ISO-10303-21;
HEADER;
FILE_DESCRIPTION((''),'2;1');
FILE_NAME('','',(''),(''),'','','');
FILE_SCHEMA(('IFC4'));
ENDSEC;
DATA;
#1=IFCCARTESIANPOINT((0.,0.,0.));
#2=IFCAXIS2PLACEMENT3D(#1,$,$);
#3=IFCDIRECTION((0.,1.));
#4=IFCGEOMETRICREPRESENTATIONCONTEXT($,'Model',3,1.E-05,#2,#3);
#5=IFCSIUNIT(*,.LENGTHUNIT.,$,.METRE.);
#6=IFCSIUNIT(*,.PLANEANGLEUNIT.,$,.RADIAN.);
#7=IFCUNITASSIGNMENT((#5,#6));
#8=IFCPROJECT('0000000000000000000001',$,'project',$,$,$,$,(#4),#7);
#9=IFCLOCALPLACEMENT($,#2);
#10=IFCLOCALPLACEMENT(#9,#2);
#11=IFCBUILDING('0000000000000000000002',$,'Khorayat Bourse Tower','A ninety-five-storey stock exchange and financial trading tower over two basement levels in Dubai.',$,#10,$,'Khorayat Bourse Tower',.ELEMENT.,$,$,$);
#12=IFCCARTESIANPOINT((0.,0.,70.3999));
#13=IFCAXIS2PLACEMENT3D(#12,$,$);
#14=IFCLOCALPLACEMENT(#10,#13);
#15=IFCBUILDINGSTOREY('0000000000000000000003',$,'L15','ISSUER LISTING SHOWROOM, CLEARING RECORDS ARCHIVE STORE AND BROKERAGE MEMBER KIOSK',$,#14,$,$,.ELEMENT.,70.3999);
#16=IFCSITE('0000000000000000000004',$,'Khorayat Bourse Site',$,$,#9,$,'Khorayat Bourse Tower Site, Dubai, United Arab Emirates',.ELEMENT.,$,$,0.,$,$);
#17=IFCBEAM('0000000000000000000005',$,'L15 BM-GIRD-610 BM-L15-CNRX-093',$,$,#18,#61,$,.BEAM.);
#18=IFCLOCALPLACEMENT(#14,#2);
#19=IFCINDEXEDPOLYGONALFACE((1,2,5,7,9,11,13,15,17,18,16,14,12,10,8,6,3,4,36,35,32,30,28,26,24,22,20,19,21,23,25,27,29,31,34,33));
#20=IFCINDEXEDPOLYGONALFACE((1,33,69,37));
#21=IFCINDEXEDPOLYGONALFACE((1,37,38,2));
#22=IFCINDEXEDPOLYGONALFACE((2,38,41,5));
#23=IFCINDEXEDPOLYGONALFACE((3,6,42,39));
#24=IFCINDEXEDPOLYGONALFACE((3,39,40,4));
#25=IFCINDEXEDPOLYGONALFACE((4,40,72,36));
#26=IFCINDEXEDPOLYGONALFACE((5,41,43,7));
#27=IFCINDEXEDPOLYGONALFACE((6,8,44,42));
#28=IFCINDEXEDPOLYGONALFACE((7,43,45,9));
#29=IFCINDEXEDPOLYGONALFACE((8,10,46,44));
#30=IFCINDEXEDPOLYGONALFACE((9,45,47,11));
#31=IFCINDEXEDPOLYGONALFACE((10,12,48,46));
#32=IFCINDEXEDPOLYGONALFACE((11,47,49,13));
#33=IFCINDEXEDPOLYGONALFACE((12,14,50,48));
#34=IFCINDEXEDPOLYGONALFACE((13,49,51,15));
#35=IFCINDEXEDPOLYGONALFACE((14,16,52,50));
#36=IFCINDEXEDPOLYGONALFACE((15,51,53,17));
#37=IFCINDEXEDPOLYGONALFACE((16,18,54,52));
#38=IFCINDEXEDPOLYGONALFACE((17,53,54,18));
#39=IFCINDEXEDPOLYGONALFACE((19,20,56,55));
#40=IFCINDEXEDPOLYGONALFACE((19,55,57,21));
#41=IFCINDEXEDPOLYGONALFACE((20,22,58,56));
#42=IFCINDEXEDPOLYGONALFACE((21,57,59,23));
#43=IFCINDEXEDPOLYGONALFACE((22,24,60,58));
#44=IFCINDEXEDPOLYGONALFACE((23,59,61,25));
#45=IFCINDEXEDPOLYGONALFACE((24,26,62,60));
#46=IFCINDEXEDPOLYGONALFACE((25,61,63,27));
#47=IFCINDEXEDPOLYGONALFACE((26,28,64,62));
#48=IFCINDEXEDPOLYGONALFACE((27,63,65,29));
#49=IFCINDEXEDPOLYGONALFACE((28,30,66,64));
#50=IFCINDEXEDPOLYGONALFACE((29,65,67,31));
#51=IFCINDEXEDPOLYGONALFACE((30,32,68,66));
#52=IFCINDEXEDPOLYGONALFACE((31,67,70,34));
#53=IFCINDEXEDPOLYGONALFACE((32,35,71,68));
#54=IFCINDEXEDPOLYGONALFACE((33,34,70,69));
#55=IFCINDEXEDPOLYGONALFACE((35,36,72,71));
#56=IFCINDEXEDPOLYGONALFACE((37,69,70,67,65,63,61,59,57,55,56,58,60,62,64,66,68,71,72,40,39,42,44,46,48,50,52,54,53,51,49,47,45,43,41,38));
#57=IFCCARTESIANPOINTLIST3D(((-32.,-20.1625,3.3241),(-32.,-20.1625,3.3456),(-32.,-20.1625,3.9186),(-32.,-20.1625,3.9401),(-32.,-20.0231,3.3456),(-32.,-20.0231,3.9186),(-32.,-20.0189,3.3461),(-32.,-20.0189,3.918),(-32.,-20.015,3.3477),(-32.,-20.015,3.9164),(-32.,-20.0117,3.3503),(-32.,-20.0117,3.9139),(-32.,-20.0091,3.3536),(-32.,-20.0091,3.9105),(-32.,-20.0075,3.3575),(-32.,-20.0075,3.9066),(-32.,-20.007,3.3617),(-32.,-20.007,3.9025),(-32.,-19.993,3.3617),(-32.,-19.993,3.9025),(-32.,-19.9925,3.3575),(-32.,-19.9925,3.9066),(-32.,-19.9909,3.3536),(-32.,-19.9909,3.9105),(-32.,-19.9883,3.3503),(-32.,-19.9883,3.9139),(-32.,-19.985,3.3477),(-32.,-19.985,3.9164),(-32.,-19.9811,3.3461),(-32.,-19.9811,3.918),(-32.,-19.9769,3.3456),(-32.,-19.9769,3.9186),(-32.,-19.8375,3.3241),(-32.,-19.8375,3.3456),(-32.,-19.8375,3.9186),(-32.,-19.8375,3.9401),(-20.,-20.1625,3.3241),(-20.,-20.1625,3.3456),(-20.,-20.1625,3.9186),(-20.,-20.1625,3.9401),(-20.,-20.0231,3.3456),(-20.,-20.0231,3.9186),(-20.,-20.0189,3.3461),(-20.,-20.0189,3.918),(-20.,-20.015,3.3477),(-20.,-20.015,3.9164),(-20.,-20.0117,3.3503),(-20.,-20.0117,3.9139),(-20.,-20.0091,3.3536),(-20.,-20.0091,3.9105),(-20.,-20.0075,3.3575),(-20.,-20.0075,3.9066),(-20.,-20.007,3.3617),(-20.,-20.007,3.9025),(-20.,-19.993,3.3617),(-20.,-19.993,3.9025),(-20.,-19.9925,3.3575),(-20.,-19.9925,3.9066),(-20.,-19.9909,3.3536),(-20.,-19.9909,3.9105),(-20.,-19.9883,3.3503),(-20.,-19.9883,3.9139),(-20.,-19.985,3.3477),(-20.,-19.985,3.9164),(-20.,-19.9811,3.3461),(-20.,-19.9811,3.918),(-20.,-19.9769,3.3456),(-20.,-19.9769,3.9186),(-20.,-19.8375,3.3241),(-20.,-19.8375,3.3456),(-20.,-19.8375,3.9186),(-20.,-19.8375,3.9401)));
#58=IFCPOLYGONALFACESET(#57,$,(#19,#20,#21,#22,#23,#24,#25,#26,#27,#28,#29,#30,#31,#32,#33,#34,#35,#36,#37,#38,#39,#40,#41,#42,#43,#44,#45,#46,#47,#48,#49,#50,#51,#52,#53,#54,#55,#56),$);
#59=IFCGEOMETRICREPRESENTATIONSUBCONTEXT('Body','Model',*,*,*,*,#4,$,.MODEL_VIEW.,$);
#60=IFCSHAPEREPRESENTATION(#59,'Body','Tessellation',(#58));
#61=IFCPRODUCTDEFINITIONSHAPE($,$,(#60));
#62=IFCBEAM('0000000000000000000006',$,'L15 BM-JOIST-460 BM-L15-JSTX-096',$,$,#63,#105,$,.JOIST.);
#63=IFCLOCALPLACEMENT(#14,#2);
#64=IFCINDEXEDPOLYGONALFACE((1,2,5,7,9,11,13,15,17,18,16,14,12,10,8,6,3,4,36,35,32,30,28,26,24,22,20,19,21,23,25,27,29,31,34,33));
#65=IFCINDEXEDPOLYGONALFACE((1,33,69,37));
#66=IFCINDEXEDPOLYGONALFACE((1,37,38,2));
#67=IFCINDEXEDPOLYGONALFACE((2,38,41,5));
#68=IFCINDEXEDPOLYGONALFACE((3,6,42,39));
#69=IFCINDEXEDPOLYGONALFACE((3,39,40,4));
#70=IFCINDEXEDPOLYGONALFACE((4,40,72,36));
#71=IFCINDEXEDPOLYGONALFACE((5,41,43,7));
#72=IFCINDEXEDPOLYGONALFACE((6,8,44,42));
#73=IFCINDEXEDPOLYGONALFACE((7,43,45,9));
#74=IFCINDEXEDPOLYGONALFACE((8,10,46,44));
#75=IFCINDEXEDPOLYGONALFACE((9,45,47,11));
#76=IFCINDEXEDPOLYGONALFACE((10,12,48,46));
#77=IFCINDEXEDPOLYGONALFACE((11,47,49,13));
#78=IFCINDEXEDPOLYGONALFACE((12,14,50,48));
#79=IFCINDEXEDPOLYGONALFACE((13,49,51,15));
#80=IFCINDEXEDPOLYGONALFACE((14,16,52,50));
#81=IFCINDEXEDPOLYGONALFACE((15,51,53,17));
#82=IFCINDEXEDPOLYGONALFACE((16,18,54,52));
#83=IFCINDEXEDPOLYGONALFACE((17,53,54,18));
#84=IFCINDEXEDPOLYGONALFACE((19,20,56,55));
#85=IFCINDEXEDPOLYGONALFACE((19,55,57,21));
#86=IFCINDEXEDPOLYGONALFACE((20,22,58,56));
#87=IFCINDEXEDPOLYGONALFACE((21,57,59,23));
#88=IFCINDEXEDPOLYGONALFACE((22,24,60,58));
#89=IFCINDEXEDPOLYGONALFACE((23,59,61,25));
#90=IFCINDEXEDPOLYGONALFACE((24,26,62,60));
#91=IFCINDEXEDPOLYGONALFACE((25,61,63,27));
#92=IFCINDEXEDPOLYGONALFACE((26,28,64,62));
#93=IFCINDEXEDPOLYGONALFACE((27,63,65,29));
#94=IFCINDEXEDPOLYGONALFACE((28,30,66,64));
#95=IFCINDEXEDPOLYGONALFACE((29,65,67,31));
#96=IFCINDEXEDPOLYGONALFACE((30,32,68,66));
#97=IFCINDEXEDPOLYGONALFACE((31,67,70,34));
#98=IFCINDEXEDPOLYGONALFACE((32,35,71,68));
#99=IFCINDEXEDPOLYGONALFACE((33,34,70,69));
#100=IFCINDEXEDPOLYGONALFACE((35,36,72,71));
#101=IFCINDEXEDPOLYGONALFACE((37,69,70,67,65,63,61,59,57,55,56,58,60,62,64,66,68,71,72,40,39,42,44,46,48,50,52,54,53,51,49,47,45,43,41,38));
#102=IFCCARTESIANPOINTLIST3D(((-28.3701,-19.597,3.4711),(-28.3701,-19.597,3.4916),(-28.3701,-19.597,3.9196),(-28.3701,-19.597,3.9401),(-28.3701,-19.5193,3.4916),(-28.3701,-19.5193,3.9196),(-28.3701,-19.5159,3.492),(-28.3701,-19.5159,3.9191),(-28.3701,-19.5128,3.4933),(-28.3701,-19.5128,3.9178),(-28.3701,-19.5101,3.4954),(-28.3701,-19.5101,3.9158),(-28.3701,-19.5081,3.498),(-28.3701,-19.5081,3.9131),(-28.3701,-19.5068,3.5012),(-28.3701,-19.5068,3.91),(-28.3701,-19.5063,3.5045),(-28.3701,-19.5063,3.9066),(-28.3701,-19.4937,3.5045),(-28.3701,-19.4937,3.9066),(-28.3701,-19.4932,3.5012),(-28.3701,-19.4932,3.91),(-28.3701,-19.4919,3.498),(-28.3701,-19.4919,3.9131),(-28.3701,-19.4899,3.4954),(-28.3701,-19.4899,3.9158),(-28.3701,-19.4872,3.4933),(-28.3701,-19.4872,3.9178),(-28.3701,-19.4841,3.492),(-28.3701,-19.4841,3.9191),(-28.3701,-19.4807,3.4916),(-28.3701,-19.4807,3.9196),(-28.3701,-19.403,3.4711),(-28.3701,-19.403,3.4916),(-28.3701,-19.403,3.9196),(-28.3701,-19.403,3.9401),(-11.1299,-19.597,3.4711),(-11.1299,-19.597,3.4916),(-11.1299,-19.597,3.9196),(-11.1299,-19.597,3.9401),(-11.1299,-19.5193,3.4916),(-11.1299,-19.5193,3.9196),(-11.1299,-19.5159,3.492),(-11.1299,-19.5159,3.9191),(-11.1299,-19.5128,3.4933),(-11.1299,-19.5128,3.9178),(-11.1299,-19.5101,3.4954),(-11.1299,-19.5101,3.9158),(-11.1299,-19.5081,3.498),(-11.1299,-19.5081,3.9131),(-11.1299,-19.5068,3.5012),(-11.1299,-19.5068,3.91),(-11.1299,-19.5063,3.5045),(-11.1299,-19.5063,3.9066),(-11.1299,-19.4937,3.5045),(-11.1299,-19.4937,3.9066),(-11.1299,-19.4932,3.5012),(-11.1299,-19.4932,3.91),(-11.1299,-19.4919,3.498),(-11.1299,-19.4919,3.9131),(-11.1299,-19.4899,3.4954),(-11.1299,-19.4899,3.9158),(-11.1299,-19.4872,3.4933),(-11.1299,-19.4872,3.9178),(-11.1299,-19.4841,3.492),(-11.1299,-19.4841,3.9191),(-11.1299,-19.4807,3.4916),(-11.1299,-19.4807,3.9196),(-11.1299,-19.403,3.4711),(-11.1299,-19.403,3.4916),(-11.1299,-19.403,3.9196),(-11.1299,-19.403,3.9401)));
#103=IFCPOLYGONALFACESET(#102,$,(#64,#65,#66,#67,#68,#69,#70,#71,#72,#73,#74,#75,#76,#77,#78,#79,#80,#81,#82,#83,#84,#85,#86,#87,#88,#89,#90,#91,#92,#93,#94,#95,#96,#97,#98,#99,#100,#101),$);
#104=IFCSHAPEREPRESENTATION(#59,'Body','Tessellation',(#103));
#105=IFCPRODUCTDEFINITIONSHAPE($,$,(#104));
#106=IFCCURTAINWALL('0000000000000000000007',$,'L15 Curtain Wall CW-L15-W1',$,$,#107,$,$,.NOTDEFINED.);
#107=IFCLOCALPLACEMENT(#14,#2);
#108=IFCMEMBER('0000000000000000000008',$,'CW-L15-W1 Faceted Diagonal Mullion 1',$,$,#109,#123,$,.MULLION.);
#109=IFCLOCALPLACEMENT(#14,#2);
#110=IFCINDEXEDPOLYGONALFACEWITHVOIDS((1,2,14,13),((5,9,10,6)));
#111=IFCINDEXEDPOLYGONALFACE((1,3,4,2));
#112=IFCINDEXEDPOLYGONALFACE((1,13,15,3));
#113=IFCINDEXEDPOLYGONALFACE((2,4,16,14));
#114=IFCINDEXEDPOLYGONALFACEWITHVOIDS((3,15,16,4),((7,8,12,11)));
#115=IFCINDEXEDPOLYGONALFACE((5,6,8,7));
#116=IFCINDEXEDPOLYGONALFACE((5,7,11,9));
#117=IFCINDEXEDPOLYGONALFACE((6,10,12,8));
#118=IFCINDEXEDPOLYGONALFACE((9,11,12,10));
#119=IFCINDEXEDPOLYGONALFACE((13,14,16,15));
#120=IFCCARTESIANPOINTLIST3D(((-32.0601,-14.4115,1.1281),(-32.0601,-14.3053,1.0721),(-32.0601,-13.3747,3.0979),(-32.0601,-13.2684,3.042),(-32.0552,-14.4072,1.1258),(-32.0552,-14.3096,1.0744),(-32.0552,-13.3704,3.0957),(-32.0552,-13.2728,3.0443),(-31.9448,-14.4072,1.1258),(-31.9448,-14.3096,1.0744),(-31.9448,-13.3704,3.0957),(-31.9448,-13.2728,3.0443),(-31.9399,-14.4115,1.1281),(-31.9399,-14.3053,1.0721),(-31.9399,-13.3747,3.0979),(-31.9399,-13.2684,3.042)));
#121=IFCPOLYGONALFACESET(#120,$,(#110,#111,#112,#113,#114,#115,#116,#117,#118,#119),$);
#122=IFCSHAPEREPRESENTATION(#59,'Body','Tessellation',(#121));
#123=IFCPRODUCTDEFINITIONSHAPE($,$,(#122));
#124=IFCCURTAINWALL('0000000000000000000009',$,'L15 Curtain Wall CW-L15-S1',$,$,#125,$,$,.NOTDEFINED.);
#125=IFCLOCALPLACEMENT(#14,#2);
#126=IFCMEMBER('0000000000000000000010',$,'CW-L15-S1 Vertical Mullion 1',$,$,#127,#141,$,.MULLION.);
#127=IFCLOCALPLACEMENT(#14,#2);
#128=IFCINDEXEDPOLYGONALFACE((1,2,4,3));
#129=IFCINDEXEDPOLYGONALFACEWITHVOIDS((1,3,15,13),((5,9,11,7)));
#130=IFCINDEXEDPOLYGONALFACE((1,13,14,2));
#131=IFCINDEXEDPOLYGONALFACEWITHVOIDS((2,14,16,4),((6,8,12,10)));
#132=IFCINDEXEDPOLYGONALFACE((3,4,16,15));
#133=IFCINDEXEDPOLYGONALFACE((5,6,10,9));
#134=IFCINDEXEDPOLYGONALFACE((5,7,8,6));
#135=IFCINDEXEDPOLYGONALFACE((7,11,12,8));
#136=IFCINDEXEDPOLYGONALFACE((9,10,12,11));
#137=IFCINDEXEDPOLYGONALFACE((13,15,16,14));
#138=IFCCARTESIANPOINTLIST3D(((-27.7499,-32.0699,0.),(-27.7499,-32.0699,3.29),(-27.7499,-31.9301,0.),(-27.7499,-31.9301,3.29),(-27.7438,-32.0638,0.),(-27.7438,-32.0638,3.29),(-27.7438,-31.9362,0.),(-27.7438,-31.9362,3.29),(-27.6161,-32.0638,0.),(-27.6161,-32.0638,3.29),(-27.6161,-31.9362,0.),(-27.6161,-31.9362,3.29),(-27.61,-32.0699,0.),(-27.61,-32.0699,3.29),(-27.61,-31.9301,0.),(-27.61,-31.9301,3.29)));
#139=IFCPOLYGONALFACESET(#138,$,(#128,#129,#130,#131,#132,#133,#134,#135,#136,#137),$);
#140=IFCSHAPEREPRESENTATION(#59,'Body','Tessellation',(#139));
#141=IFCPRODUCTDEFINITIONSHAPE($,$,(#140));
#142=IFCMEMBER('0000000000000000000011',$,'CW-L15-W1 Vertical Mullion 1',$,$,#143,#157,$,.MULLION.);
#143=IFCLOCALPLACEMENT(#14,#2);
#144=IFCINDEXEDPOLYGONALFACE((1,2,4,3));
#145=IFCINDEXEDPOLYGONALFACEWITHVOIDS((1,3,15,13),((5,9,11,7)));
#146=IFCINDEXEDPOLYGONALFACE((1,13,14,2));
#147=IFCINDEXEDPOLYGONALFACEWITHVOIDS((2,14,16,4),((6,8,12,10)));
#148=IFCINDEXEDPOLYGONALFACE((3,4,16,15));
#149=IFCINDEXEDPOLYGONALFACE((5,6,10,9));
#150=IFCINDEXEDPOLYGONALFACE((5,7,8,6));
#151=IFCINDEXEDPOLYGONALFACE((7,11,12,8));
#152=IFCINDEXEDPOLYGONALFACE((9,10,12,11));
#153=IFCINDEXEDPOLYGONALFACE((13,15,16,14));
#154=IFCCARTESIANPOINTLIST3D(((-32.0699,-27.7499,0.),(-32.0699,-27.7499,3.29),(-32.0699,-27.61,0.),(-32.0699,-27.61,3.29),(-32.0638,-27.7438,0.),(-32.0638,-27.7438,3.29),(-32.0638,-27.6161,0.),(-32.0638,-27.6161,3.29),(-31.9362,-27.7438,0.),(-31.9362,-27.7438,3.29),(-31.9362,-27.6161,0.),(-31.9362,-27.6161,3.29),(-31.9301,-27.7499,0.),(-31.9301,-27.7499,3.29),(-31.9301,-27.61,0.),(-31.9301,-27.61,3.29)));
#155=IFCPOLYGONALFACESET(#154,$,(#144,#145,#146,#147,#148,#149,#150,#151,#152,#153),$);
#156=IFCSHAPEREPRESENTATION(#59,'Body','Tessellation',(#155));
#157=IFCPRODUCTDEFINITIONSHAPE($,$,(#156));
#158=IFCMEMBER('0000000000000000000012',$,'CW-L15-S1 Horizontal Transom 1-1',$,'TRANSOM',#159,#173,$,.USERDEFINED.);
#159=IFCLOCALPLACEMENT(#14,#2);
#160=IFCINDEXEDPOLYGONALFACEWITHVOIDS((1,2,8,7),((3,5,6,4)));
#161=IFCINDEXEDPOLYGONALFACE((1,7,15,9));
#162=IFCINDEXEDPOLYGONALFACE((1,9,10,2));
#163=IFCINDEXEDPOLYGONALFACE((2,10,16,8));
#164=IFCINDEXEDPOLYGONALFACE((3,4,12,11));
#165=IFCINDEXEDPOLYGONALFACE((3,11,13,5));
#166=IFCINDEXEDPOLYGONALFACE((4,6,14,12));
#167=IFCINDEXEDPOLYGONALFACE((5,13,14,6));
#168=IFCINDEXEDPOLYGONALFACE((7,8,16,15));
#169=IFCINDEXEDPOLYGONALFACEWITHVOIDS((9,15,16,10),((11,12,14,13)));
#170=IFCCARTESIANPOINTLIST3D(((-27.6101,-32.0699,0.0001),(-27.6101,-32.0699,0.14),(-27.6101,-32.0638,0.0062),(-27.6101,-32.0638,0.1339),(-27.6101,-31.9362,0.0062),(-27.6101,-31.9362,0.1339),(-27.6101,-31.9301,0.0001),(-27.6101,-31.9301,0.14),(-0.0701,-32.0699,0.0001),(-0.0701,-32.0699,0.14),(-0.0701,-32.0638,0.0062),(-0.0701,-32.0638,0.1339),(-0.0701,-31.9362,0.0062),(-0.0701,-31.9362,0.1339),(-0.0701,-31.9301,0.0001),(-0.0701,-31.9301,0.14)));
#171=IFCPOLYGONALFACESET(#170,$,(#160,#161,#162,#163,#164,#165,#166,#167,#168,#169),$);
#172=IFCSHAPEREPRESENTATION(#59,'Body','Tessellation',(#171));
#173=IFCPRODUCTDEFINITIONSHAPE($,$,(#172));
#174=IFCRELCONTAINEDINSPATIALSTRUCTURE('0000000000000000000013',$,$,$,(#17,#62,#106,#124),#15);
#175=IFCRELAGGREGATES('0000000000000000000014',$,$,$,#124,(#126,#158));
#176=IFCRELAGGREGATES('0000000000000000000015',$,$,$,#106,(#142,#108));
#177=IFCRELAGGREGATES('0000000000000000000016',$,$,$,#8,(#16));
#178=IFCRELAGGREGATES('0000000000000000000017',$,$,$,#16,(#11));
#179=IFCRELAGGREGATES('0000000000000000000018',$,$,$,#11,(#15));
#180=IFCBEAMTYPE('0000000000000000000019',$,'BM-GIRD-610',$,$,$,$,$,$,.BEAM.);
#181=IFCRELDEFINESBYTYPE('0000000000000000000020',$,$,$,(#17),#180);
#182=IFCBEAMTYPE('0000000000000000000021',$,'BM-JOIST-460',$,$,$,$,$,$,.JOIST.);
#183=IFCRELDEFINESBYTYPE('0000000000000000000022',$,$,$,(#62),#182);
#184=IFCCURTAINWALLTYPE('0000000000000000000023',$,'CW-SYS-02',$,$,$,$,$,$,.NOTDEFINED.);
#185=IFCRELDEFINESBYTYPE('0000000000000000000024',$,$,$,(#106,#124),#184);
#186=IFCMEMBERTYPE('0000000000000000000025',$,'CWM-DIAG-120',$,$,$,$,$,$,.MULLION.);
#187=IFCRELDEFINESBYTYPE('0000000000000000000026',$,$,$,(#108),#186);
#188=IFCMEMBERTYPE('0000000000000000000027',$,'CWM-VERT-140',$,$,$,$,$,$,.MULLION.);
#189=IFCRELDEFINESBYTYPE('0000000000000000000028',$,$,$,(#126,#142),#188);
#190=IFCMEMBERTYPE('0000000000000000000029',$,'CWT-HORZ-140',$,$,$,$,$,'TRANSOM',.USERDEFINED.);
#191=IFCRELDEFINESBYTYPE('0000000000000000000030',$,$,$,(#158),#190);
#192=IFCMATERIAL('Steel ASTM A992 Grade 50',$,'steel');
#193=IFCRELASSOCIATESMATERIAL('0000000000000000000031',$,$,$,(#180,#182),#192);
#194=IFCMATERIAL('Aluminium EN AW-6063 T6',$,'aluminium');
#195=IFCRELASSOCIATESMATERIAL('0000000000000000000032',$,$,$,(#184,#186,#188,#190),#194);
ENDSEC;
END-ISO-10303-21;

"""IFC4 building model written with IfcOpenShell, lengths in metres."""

from ifc_helpers import new_model, si_unit, direction, frame, origin, origin_2d, place, context, subcontext, project, spatial, hollow_rectangle, i_section, extrude, source, transform, mapped, material, material_profile, profile_set, type_object, element, aggregate, save


model = new_model("IFC4")

# Units and contexts
model_context = context("Model", 3, precision=1e-05, world=origin(), true_north=direction((0.0, 1.0)))
body_context = subcontext(model_context, "Body", "Model", "MODEL_VIEW")
ifc_project = project(units=[si_unit("LENGTHUNIT", "METRE"), si_unit("PLANEANGLEUNIT", "RADIAN")], contexts=[model_context])

# Site, building, storey
site_placement = place(None, origin())
site = spatial("IfcSite", under=ifc_project, at=site_placement, Name="Khorayat Bourse Site", LongName="Khorayat Bourse Tower Site, Dubai, United Arab Emirates", CompositionType="ELEMENT", RefElevation=0.0)
building_placement = place(site_placement, origin())
building = spatial("IfcBuilding", under=site, at=building_placement, Name="Khorayat Bourse Tower", Description="A ninety-five-storey stock exchange and financial trading tower over two basement levels in Dubai.", LongName="Khorayat Bourse Tower", CompositionType="ELEMENT")
storey_placement = place(building_placement, frame((0.0, 0.0, 70.3999)))
storey = spatial("IfcBuildingStorey", under=building, at=storey_placement, Name="L15", Description="ISSUER LISTING SHOWROOM, CLEARING RECORDS ARCHIVE STORE AND BROKERAGE MEMBER KIOSK", CompositionType="ELEMENT", Elevation=70.3999)

# Beams
ifc_material_1 = material(Name="Steel ASTM A992 Grade 50", Category="steel")
ifc_material_profile_1 = material_profile(ifc_material_1, i_section(OverallWidth=0.325, OverallDepth=0.616, WebThickness=0.0139, FlangeThickness=0.0215, FilletRadius=0.0161, at=origin_2d()), Name="W610X174")
ifc_profile_set_1 = profile_set([ifc_material_profile_1], Name="Steel ASTM A992 Grade 50")
beam_type_1 = type_object("IfcBeamType", Name="BM-GIRD-610", PredefinedType="BEAM", material=ifc_profile_set_1)
shared_shape_1 = source(origin(), body_context, "Body", "SweptSolid", [
    extrude(i_section(OverallWidth=0.325, OverallDepth=0.616, WebThickness=0.0139, FlangeThickness=0.0215, FilletRadius=0.0161, at=origin_2d()), origin(), (0.0, 0.0, 1.0), 12.0),
])
beam_1_placement = place(storey_placement, frame((-32.0, -20.0, 3.6321), z_axis=(1.0, 0.0, 0.0), x_axis=(0.0, 1.0, 0.0)))
element("IfcBeam", 1, at=beam_1_placement, inside=storey, type_object=beam_type_1, Name="L15 BM-GIRD-610 BM-L15-CNRX-093", PredefinedType="BEAM", context=body_context, shape_type="MappedRepresentation", body=[
    mapped(shared_shape_1, transform((0.0, 0.0, 0.0), scale=1.0)),
])
ifc_material_profile_2 = material_profile(ifc_material_1, i_section(OverallWidth=0.1941, OverallDepth=0.469, WebThickness=0.0127, FlangeThickness=0.0205, FilletRadius=0.0129, at=origin_2d()), Name="W460X106")
ifc_profile_set_2 = profile_set([ifc_material_profile_2], Name="Steel ASTM A992 Grade 50")
beam_type_2 = type_object("IfcBeamType", Name="BM-JOIST-460", PredefinedType="JOIST", material=ifc_profile_set_2)
shared_shape_2 = source(origin(), body_context, "Body", "SweptSolid", [
    extrude(i_section(OverallWidth=0.1941, OverallDepth=0.469, WebThickness=0.0127, FlangeThickness=0.0205, FilletRadius=0.0129, at=origin_2d()), origin(), (0.0, 0.0, 1.0), 17.2402),
])
beam_2_placement = place(storey_placement, frame((-28.3701, -19.5, 3.7056), z_axis=(1.0, 0.0, 0.0), x_axis=(0.0, 1.0, 0.0)))
element("IfcBeam", 2, at=beam_2_placement, inside=storey, type_object=beam_type_2, Name="L15 BM-JOIST-460 BM-L15-JSTX-096", PredefinedType="JOIST", context=body_context, shape_type="MappedRepresentation", body=[
    mapped(shared_shape_2, transform((0.0, 0.0, 0.0), scale=1.0)),
])

# Curtain walls, members
ifc_material_2 = material(Name="Aluminium EN AW-6063 T6", Category="aluminium")
curtain_wall_type = type_object("IfcCurtainWallType", Name="CW-SYS-02", PredefinedType="NOTDEFINED", material=ifc_material_2)
curtain_wall_1_placement = place(storey_placement, origin())
curtain_wall_1 = element("IfcCurtainWall", 3, at=curtain_wall_1_placement, inside=storey, type_object=curtain_wall_type, Name="L15 Curtain Wall CW-L15-W1", PredefinedType="NOTDEFINED")
ifc_material_profile_3 = material_profile(ifc_material_2, hollow_rectangle(XDim=0.1201, YDim=0.1201, WallThickness=0.0049, at=origin_2d()), Name="ALU 120x120x5")
ifc_profile_set_3 = profile_set([ifc_material_profile_3], Name="Aluminium EN AW-6063 T6")
member_type_1 = type_object("IfcMemberType", Name="CWM-DIAG-120", PredefinedType="MULLION", material=ifc_profile_set_3)
shared_shape_3 = source(origin(), body_context, "Body", "SweptSolid", [
    extrude(hollow_rectangle(XDim=0.1201, YDim=0.1201, WallThickness=0.0049, at=origin_2d()), origin(), (0.0, 0.0, 1.0), 2.2261),
])
member_1_placement = place(storey_placement, frame((-32.0, -14.3584, 1.1001), z_axis=(0.0, 0.46576, 0.884911), x_axis=(-1.0, 0.0, 0.0)))
member_1 = element("IfcMember", 4, at=member_1_placement, type_object=member_type_1, Name="CW-L15-W1 Faceted Diagonal Mullion 1", PredefinedType="MULLION", context=body_context, shape_type="MappedRepresentation", body=[
    mapped(shared_shape_3, transform((0.0, 0.0, 0.0), scale=1.0)),
])
curtain_wall_2_placement = place(storey_placement, origin())
curtain_wall_2 = element("IfcCurtainWall", 5, at=curtain_wall_2_placement, inside=storey, type_object=curtain_wall_type, Name="L15 Curtain Wall CW-L15-S1", PredefinedType="NOTDEFINED")
ifc_material_profile_4 = material_profile(ifc_material_2, hollow_rectangle(XDim=0.1399, YDim=0.1399, WallThickness=0.0061, at=origin_2d()), Name="ALU 140x140x6")
ifc_profile_set_4 = profile_set([ifc_material_profile_4], Name="Aluminium EN AW-6063 T6")
member_type_2 = type_object("IfcMemberType", Name="CWM-VERT-140", PredefinedType="MULLION", material=ifc_profile_set_4)
shared_shape_4 = source(origin(), body_context, "Body", "SweptSolid", [
    extrude(hollow_rectangle(XDim=0.1399, YDim=0.1399, WallThickness=0.0061, at=origin_2d()), origin(), (0.0, 0.0, 1.0), 3.29),
])
member_2_placement = place(storey_placement, frame((-27.6799, -32.0, 0.0), z_axis=(0.0, 0.0, 1.0), x_axis=(0.0, 1.0, 0.0)))
member_2 = element("IfcMember", 6, at=member_2_placement, type_object=member_type_2, Name="CW-L15-S1 Vertical Mullion 1", PredefinedType="MULLION", context=body_context, shape_type="MappedRepresentation", body=[
    mapped(shared_shape_4, transform((0.0, 0.0, 0.0), scale=1.0)),
])

# Members
member_3_placement = place(storey_placement, frame((-32.0, -27.6799, 0.0), z_axis=(0.0, 0.0, 1.0), x_axis=(-1.0, 0.0, 0.0)))
member_3 = element("IfcMember", 7, at=member_3_placement, type_object=member_type_2, Name="CW-L15-W1 Vertical Mullion 1", PredefinedType="MULLION", context=body_context, shape_type="MappedRepresentation", body=[
    mapped(shared_shape_4, transform((0.0, 0.0, 0.0), scale=1.0)),
])
ifc_material_profile_5 = material_profile(ifc_material_2, hollow_rectangle(XDim=0.1399, YDim=0.1399, WallThickness=0.0061, at=origin_2d()), Name="ALU 140x140x6")
ifc_profile_set_5 = profile_set([ifc_material_profile_5], Name="Aluminium EN AW-6063 T6")
member_type_3 = type_object("IfcMemberType", Name="CWT-HORZ-140", ElementType="TRANSOM", PredefinedType="USERDEFINED", material=ifc_profile_set_5)
shared_shape_5 = source(origin(), body_context, "Body", "SweptSolid", [
    extrude(hollow_rectangle(XDim=0.1399, YDim=0.1399, WallThickness=0.0061, at=origin_2d()), origin(), (0.0, 0.0, 1.0), 27.54),
])
member_4_placement = place(storey_placement, frame((-27.6101, -32.0, 0.0701), z_axis=(1.0, 0.0, 0.0), x_axis=(0.0, 1.0, 0.0)))
member_4 = element("IfcMember", 8, at=member_4_placement, type_object=member_type_3, Name="CW-L15-S1 Horizontal Transom 1-1", ObjectType="TRANSOM", PredefinedType="USERDEFINED", context=body_context, shape_type="MappedRepresentation", body=[
    mapped(shared_shape_5, transform((0.0, 0.0, 0.0), scale=1.0)),
])
aggregate(curtain_wall_2, [member_2, member_4])
aggregate(curtain_wall_1, [member_3, member_1])

save(model, "model.ifc")
